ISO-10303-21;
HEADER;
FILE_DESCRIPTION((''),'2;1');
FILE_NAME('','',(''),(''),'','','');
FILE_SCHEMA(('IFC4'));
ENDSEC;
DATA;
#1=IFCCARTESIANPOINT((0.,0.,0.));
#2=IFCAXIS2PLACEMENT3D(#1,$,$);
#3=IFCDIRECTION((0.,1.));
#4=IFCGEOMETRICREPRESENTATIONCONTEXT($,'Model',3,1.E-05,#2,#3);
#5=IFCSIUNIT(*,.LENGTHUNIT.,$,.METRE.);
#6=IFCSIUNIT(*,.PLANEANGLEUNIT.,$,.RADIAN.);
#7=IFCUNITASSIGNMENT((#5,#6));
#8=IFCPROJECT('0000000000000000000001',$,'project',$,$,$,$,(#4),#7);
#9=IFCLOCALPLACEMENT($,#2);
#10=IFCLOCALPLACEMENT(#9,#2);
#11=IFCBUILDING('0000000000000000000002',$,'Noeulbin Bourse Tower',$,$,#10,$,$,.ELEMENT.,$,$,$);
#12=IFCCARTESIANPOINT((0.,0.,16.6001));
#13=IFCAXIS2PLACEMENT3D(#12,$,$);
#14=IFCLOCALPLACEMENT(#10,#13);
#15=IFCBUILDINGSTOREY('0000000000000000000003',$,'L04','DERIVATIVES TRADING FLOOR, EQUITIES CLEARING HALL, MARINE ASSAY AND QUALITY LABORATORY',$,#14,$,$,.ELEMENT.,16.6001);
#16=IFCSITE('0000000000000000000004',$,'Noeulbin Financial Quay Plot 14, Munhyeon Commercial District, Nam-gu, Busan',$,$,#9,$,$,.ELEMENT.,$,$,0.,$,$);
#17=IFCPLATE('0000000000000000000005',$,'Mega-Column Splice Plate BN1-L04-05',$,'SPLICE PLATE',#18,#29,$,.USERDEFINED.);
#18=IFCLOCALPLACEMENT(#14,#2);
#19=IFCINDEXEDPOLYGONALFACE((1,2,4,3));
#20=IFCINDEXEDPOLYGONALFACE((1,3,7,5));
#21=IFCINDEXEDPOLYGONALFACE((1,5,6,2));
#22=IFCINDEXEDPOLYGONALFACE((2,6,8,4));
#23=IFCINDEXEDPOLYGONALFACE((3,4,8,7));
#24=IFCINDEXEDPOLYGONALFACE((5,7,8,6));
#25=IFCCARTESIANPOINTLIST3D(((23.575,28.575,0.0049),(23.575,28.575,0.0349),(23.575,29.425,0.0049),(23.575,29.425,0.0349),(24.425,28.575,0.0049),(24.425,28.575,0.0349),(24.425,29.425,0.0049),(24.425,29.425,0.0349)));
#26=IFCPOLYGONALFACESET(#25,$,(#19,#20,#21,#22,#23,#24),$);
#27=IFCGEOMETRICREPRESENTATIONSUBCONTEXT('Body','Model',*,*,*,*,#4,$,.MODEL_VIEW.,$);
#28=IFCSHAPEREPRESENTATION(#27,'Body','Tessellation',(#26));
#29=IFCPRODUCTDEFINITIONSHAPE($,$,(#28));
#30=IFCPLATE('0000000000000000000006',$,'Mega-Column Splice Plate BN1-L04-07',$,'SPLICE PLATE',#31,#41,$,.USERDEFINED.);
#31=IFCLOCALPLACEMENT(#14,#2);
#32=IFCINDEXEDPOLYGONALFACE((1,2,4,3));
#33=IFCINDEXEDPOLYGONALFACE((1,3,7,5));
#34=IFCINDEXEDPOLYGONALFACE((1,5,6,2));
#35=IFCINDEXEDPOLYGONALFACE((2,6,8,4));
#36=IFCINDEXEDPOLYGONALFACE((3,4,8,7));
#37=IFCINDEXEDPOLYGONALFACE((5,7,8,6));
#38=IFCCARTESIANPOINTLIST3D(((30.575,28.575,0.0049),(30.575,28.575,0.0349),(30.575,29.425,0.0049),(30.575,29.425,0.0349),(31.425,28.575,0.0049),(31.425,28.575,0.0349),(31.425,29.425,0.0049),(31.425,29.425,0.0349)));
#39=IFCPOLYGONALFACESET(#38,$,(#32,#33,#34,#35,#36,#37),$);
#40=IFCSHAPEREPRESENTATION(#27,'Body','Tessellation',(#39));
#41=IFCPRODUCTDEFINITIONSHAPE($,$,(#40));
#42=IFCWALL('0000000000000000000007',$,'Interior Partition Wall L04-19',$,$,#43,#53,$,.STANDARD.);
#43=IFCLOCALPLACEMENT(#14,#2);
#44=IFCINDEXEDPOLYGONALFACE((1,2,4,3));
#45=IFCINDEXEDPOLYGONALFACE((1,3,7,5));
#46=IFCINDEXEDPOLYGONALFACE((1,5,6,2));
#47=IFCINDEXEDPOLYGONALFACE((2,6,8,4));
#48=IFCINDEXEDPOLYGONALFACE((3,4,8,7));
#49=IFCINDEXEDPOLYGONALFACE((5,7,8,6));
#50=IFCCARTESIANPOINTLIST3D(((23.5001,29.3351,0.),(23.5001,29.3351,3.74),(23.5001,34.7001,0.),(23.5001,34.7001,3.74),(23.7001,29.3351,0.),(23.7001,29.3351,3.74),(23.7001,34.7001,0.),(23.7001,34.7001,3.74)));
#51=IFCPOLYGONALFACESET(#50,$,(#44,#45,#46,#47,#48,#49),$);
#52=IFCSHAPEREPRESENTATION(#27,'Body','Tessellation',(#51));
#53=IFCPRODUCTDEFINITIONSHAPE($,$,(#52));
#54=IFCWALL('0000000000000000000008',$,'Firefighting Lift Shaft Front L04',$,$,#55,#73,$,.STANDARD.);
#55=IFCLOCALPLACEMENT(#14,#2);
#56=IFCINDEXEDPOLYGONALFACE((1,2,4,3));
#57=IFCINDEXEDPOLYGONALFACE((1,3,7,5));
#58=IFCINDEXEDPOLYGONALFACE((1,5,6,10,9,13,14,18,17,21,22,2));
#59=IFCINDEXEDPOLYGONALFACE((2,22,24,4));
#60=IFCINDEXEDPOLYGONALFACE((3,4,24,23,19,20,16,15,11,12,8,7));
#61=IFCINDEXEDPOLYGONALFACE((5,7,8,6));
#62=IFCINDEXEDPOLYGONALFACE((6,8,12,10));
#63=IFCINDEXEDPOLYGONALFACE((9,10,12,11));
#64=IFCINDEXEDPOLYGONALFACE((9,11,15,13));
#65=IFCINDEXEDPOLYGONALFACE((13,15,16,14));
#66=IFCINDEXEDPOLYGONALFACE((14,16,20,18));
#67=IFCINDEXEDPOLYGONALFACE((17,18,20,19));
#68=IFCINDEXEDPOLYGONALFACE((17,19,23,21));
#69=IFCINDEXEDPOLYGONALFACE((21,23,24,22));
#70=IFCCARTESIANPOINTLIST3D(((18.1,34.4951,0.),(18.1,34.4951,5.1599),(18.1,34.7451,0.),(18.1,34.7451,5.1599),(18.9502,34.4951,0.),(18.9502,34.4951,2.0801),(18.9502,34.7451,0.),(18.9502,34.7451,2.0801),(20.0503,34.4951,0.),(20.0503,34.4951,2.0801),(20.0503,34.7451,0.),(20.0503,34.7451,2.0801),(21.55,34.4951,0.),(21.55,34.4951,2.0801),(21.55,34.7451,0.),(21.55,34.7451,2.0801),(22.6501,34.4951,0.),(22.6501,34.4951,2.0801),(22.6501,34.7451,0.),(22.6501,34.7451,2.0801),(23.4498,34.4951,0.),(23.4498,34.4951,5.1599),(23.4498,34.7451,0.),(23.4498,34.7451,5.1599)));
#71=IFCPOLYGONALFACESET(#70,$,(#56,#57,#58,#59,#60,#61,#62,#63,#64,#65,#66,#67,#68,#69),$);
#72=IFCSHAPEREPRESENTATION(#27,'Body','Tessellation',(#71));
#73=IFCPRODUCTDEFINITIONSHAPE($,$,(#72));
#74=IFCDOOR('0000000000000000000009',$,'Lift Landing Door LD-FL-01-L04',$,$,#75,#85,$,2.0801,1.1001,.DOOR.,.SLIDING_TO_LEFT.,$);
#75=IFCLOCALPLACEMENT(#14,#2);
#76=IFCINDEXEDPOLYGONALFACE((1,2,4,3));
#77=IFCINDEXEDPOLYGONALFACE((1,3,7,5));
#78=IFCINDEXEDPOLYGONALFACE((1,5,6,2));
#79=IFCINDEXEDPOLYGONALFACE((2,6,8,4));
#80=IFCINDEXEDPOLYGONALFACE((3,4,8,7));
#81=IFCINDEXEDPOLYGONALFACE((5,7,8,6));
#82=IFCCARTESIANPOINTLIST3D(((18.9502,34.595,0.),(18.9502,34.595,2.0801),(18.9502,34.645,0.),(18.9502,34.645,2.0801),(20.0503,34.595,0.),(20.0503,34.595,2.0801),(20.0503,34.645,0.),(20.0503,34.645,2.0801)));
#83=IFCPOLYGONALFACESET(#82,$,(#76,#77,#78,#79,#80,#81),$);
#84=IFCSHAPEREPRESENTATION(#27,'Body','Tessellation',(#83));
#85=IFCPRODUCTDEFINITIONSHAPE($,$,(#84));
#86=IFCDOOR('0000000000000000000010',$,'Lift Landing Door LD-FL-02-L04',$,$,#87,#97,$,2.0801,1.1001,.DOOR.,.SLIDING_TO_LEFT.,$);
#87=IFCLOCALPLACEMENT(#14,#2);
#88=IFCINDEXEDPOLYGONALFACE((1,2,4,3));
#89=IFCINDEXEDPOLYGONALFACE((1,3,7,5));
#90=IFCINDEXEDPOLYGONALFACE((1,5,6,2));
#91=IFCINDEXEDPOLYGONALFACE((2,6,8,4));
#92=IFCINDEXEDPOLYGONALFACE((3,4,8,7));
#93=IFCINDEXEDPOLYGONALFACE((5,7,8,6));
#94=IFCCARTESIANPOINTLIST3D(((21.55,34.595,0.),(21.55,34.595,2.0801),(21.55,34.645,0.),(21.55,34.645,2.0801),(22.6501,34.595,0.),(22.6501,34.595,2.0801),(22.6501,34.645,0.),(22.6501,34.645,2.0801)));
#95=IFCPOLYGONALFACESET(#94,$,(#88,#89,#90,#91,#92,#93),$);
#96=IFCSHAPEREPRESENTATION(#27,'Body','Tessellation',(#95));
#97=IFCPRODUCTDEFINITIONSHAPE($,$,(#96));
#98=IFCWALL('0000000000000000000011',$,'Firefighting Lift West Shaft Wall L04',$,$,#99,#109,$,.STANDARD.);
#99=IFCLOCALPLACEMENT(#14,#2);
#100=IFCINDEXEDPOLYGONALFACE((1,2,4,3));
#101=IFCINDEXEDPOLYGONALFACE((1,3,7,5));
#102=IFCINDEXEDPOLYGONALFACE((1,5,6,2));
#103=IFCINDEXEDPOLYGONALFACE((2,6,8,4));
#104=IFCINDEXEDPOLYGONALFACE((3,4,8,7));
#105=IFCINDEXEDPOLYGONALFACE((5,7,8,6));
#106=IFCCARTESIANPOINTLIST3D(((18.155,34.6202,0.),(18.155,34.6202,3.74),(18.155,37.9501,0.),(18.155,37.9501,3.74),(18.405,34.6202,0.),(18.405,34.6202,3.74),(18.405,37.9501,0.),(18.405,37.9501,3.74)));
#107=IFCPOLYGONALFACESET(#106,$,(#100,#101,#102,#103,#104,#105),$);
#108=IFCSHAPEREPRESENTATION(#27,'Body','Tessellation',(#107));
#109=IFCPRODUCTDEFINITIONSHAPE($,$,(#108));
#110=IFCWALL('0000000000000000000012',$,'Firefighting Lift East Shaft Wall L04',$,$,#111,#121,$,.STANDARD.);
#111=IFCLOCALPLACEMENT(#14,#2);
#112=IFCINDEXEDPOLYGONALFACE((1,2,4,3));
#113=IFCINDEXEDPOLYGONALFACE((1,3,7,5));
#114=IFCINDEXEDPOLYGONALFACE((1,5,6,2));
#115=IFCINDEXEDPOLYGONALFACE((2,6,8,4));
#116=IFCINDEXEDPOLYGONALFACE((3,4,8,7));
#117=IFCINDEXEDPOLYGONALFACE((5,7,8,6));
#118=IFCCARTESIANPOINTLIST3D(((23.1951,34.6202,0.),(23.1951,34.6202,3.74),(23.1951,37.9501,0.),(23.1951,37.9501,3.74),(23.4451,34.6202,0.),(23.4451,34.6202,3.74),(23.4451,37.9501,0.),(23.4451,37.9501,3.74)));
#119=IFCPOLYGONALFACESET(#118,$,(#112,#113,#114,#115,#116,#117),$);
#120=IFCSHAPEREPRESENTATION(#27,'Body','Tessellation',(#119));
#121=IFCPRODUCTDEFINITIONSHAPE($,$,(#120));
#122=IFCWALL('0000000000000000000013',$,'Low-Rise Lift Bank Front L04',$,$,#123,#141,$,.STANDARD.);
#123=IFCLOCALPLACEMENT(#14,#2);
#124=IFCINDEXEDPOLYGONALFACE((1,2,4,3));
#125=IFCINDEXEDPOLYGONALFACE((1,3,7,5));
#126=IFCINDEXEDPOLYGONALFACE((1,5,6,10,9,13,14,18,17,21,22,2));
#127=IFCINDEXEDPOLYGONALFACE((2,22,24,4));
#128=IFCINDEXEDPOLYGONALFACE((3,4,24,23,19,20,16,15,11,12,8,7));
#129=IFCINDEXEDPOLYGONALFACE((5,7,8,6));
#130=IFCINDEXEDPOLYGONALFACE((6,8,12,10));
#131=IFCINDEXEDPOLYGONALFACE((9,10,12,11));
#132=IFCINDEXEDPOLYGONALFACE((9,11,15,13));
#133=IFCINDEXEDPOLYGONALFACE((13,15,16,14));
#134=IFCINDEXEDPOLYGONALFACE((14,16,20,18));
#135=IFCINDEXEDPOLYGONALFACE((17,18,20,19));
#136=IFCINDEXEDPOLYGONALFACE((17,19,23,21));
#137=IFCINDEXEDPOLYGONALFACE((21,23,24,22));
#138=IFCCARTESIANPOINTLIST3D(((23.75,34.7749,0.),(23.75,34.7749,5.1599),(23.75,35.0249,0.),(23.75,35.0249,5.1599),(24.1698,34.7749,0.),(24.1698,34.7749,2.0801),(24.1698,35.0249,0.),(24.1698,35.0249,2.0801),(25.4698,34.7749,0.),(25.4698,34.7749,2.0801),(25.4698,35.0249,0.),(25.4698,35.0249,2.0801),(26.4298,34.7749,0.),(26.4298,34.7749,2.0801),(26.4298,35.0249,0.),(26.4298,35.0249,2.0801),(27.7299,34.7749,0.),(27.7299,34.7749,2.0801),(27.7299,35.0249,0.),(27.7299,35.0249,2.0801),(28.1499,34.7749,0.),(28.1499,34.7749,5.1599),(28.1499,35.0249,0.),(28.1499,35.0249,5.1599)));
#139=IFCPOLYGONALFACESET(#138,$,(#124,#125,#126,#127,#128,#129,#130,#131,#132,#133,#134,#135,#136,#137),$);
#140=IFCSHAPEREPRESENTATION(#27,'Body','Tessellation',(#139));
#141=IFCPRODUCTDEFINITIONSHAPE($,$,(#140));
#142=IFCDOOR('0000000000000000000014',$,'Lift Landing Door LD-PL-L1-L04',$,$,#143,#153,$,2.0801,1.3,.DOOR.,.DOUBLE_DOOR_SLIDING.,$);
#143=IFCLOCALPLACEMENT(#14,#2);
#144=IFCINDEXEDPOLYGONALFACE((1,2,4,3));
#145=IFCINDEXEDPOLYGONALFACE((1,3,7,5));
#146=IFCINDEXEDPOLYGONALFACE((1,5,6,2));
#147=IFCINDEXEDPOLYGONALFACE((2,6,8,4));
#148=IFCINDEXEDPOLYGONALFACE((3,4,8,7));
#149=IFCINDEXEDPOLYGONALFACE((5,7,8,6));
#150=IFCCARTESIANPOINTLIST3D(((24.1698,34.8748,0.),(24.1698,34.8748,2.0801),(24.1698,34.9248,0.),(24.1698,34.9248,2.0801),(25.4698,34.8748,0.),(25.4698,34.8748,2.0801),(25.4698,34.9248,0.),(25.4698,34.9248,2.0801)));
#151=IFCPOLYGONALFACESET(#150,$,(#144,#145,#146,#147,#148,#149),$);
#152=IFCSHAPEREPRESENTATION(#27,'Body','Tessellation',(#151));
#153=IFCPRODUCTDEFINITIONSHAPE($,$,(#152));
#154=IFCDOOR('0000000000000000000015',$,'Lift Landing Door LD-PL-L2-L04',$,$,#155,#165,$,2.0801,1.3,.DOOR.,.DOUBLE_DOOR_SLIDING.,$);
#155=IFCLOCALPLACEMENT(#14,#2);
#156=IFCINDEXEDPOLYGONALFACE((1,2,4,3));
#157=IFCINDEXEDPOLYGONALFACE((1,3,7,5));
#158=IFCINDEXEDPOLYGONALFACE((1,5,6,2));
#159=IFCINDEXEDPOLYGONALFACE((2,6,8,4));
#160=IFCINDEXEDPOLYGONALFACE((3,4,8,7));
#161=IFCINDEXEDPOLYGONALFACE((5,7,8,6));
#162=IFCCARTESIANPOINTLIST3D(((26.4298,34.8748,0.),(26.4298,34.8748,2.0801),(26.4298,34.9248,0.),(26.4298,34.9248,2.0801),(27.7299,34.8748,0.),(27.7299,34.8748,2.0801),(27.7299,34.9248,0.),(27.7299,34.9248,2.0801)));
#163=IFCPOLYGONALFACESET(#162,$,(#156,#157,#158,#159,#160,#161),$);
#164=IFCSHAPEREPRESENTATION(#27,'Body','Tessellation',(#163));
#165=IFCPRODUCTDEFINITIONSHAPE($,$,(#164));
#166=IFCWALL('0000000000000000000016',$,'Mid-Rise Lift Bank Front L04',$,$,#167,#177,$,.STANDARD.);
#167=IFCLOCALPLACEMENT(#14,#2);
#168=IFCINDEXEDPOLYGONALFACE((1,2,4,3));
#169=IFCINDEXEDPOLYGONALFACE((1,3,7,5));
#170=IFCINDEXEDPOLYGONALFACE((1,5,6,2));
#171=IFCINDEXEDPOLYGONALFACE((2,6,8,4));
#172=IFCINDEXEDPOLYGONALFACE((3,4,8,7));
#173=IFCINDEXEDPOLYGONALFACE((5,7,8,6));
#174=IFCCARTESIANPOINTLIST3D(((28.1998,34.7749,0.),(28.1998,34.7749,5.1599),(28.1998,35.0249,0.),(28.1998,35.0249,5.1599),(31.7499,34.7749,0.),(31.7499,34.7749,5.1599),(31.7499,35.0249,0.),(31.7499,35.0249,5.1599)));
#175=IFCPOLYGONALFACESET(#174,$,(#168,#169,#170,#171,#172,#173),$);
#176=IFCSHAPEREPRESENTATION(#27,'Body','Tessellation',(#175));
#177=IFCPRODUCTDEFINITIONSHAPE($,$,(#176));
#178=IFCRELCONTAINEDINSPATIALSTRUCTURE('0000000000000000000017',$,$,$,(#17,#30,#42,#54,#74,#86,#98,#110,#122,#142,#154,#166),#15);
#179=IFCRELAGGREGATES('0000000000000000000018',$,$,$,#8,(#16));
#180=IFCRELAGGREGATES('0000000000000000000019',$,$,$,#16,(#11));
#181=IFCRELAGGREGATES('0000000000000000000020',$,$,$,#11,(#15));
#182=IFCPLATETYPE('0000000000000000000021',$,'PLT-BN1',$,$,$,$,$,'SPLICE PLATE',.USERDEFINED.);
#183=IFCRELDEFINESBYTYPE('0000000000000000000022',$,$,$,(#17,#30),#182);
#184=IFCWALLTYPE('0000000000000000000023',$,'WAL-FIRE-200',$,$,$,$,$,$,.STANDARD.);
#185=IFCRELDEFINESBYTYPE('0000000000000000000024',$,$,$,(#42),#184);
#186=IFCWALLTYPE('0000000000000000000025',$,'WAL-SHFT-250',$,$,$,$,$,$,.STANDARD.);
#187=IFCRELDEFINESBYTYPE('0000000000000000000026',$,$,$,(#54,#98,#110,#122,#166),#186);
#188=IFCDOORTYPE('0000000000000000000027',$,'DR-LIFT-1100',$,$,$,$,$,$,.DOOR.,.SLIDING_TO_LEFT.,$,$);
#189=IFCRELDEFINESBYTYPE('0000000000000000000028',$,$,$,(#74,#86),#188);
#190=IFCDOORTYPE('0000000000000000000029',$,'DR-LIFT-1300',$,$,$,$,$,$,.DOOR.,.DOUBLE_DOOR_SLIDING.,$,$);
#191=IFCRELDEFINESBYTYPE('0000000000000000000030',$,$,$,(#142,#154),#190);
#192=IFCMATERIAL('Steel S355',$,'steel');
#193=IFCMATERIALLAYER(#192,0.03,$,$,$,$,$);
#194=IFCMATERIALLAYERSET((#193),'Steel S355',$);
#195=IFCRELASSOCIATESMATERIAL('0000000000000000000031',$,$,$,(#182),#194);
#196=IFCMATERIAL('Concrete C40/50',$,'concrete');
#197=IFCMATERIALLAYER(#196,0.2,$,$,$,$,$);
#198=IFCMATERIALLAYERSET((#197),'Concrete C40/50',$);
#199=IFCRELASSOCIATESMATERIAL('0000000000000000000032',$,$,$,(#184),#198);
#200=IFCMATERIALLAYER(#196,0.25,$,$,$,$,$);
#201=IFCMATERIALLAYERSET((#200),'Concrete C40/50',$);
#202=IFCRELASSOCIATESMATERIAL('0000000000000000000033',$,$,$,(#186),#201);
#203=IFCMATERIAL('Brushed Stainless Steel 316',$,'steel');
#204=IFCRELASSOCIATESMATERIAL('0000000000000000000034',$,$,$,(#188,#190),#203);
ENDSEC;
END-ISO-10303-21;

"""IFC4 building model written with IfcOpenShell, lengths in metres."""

from ifc_helpers import new_model, si_unit, direction, frame, frame_2d, origin, origin_2d, place, context, subcontext, project, spatial, rectangle, extrude, material, layer, layer_set, type_object, element, fill, save


model = new_model("IFC4")

# Units and contexts
model_context = context("Model", 3, precision=1e-05, world=origin(), true_north=direction((0.0, 1.0)))
body_context = subcontext(model_context, "Body", "Model", "MODEL_VIEW")
ifc_project = project(units=[si_unit("LENGTHUNIT", "METRE"), si_unit("PLANEANGLEUNIT", "RADIAN")], contexts=[model_context])

# Site, building, storey
site_placement = place(None, origin())
site = spatial("IfcSite", under=ifc_project, at=site_placement, Name="Noeulbin Financial Quay Plot 14, Munhyeon Commercial District, Nam-gu, Busan", CompositionType="ELEMENT", RefElevation=0.0)
building_placement = place(site_placement, origin())
building = spatial("IfcBuilding", under=site, at=building_placement, Name="Noeulbin Bourse Tower", CompositionType="ELEMENT")
storey_placement = place(building_placement, frame((0.0, 0.0, 16.6001)))
storey = spatial("IfcBuildingStorey", under=building, at=storey_placement, Name="L04", Description="DERIVATIVES TRADING FLOOR, EQUITIES CLEARING HALL, MARINE ASSAY AND QUALITY LABORATORY", CompositionType="ELEMENT", Elevation=16.6001)

# Shared definitions
ifc_material_1 = material(Name="Steel S355", Category="steel")

# Plates
ifc_layer_1 = layer(ifc_material_1, 0.03)
ifc_layer_set_1 = layer_set([ifc_layer_1], Name="Steel S355")
plate_type = type_object("IfcPlateType", Name="PLT-BN1", ElementType="SPLICE PLATE", PredefinedType="USERDEFINED", material=ifc_layer_set_1)
for number, where, z_axis, x_axis, name in (
    (1, (24.0, 29.0, 0.0049), (0.0, 0.0, 1.0), (1.0, 0.0, 0.0), "Mega-Column Splice Plate BN1-L04-05"),
    (2, (31.0, 29.0, 0.0049), (0.0, 0.0, 1.0), (1.0, 0.0, 0.0), "Mega-Column Splice Plate BN1-L04-07"),
):
    element("IfcPlate", number, at=place(storey_placement, frame(where, z_axis=z_axis, x_axis=x_axis)), inside=storey, type_object=plate_type, Name=name, ObjectType="SPLICE PLATE", PredefinedType="USERDEFINED", context=body_context, shape_type="SweptSolid", body=[
        extrude(rectangle(XDim=0.8501, YDim=0.8501, at=origin_2d()), origin(), (0.0, 0.0, 1.0), 0.03),
    ])

# Wall
ifc_material_2 = material(Name="Concrete C40/50", Category="concrete")
ifc_layer_2 = layer(ifc_material_2, 0.2)
ifc_layer_set_2 = layer_set([ifc_layer_2], Name="Concrete C40/50")
wall_type_1 = type_object("IfcWallType", Name="WAL-FIRE-200", PredefinedType="STANDARD", material=ifc_layer_set_2)
wall_1_placement = place(storey_placement, frame((23.6001, 29.335, 0.0), z_axis=(0.0, 0.0, 1.0), x_axis=(0.0, 1.0, 0.0)))
element("IfcWall", 3, at=wall_1_placement, inside=storey, type_object=wall_type_1, Name="Interior Partition Wall L04-19", PredefinedType="STANDARD", context=body_context, shape_type="SweptSolid", body=[
    extrude(rectangle(XDim=5.365, YDim=0.2, at=frame_2d((2.6826, 0.0))), origin(), (0.0, 0.0, 1.0), 3.74),
])

# Wall, openings, doors
ifc_layer_3 = layer(ifc_material_2, 0.25)
ifc_layer_set_3 = layer_set([ifc_layer_3], Name="Concrete C40/50")
wall_type_2 = type_object("IfcWallType", Name="WAL-SHFT-250", PredefinedType="STANDARD", material=ifc_layer_set_3)
wall_2_placement = place(storey_placement, frame((18.1001, 34.6201, 0.0), z_axis=(0.0, 0.0, 1.0), x_axis=(1.0, 0.0, 0.0)))
wall_2 = element("IfcWall", 4, at=wall_2_placement, inside=storey, type_object=wall_type_2, Name="Firefighting Lift Shaft Front L04", PredefinedType="STANDARD", context=body_context, shape_type="SweptSolid", body=[
    extrude(rectangle(XDim=5.3499, YDim=0.25, at=frame_2d((2.6748, 0.0))), origin(), (0.0, 0.0, 1.0), 5.1599),
])
opening_1_placement = place(wall_2_placement, frame((0.8501, 0.0, 0.0)))
opening_1 = element("IfcOpeningElement", 5, at=opening_1_placement, cuts=wall_2, PredefinedType="OPENING", context=body_context, shape_type="SweptSolid", body=[
    extrude(rectangle(XDim=1.1001, YDim=2.0801, at=frame_2d((0.55, 1.04))), frame((0.0, 0.135, 0.0), z_axis=(0.0, -1.0, 0.0), x_axis=(1.0, 0.0, 0.0)), (0.0, 0.0, 1.0), 0.27),
])
opening_2_placement = place(wall_2_placement, frame((3.45, 0.0, 0.0)))
opening_2 = element("IfcOpeningElement", 6, at=opening_2_placement, cuts=wall_2, PredefinedType="OPENING", context=body_context, shape_type="SweptSolid", body=[
    extrude(rectangle(XDim=1.1001, YDim=2.0801, at=frame_2d((0.55, 1.04))), frame((0.0, 0.135, 0.0), z_axis=(0.0, -1.0, 0.0), x_axis=(1.0, 0.0, 0.0)), (0.0, 0.0, 1.0), 0.27),
])
ifc_material_3 = material(Name="Brushed Stainless Steel 316", Category="steel")
door_type_1 = type_object("IfcDoorType", Name="DR-LIFT-1100", OperationType="SLIDING_TO_LEFT", PredefinedType="DOOR", material=ifc_material_3)
door_1_placement = place(opening_1_placement, origin())
door_1 = element("IfcDoor", 7, at=door_1_placement, inside=storey, type_object=door_type_1, Name="Lift Landing Door LD-FL-01-L04", OperationType="SLIDING_TO_LEFT", OverallHeight=2.0801, OverallWidth=1.1001, PredefinedType="DOOR", context=body_context, shape_type="SweptSolid", body=[
    extrude(rectangle(XDim=1.1001, YDim=2.0801, at=frame_2d((0.55, 1.04))), frame((0.0, 0.0249, 0.0), z_axis=(0.0, -1.0, 0.0), x_axis=(1.0, 0.0, 0.0)), (0.0, 0.0, 1.0), 0.05),
])
fill(opening_1, door_1)
door_2_placement = place(opening_2_placement, origin())
door_2 = element("IfcDoor", 8, at=door_2_placement, inside=storey, type_object=door_type_1, Name="Lift Landing Door LD-FL-02-L04", OperationType="SLIDING_TO_LEFT", OverallHeight=2.0801, OverallWidth=1.1001, PredefinedType="DOOR", context=body_context, shape_type="SweptSolid", body=[
    extrude(rectangle(XDim=1.1001, YDim=2.0801, at=frame_2d((0.55, 1.04))), frame((0.0, 0.0249, 0.0), z_axis=(0.0, -1.0, 0.0), x_axis=(1.0, 0.0, 0.0)), (0.0, 0.0, 1.0), 0.05),
])
fill(opening_2, door_2)

# Walls
for number, where, z_axis, x_axis, name in (
    (9, (18.28, 34.6201, 0.0), (0.0, 0.0, 1.0), (0.0, 1.0, 0.0), "Firefighting Lift West Shaft Wall L04"),
    (10, (23.3201, 34.6201, 0.0), (0.0, 0.0, 1.0), (0.0, 1.0, 0.0), "Firefighting Lift East Shaft Wall L04"),
):
    element("IfcWall", number, at=place(storey_placement, frame(where, z_axis=z_axis, x_axis=x_axis)), inside=storey, type_object=wall_type_2, Name=name, PredefinedType="STANDARD", context=body_context, shape_type="SweptSolid", body=[
        extrude(rectangle(XDim=3.3298, YDim=0.25, at=frame_2d((1.665, 0.0))), origin(), (0.0, 0.0, 1.0), 3.74),
    ])

# Wall, openings, doors
wall_3_placement = place(storey_placement, frame((23.75, 34.8999, 0.0), z_axis=(0.0, 0.0, 1.0), x_axis=(1.0, 0.0, 0.0)))
wall_3 = element("IfcWall", 11, at=wall_3_placement, inside=storey, type_object=wall_type_2, Name="Low-Rise Lift Bank Front L04", PredefinedType="STANDARD", context=body_context, shape_type="SweptSolid", body=[
    extrude(rectangle(XDim=4.3999, YDim=0.25, at=frame_2d((2.2, 0.0))), origin(), (0.0, 0.0, 1.0), 5.1599),
])
opening_3_placement = place(wall_3_placement, frame((0.4199, 0.0, 0.0)))
opening_3 = element("IfcOpeningElement", 12, at=opening_3_placement, cuts=wall_3, PredefinedType="OPENING", context=body_context, shape_type="SweptSolid", body=[
    extrude(rectangle(XDim=1.3, YDim=2.0801, at=frame_2d((0.6499, 1.04))), frame((0.0, 0.135, 0.0), z_axis=(0.0, -1.0, 0.0), x_axis=(1.0, 0.0, 0.0)), (0.0, 0.0, 1.0), 0.27),
])
opening_4_placement = place(wall_3_placement, frame((2.6799, 0.0, 0.0)))
opening_4 = element("IfcOpeningElement", 13, at=opening_4_placement, cuts=wall_3, PredefinedType="OPENING", context=body_context, shape_type="SweptSolid", body=[
    extrude(rectangle(XDim=1.3, YDim=2.0801, at=frame_2d((0.6499, 1.04))), frame((0.0, 0.135, 0.0), z_axis=(0.0, -1.0, 0.0), x_axis=(1.0, 0.0, 0.0)), (0.0, 0.0, 1.0), 0.27),
])
door_type_2 = type_object("IfcDoorType", Name="DR-LIFT-1300", OperationType="DOUBLE_DOOR_SLIDING", PredefinedType="DOOR", material=ifc_material_3)
door_3_placement = place(opening_3_placement, origin())
door_3 = element("IfcDoor", 14, at=door_3_placement, inside=storey, type_object=door_type_2, Name="Lift Landing Door LD-PL-L1-L04", OperationType="DOUBLE_DOOR_SLIDING", OverallHeight=2.0801, OverallWidth=1.3, PredefinedType="DOOR", context=body_context, shape_type="SweptSolid", body=[
    extrude(rectangle(XDim=1.3, YDim=2.0801, at=frame_2d((0.6499, 1.04))), frame((0.0, 0.0249, 0.0), z_axis=(0.0, -1.0, 0.0), x_axis=(1.0, 0.0, 0.0)), (0.0, 0.0, 1.0), 0.05),
])
fill(opening_3, door_3)
door_4_placement = place(opening_4_placement, origin())
door_4 = element("IfcDoor", 15, at=door_4_placement, inside=storey, type_object=door_type_2, Name="Lift Landing Door LD-PL-L2-L04", OperationType="DOUBLE_DOOR_SLIDING", OverallHeight=2.0801, OverallWidth=1.3, PredefinedType="DOOR", context=body_context, shape_type="SweptSolid", body=[
    extrude(rectangle(XDim=1.3, YDim=2.0801, at=frame_2d((0.6499, 1.04))), frame((0.0, 0.0249, 0.0), z_axis=(0.0, -1.0, 0.0), x_axis=(1.0, 0.0, 0.0)), (0.0, 0.0, 1.0), 0.05),
])
fill(opening_4, door_4)

# Wall
wall_4_placement = place(storey_placement, frame((28.2, 34.8999, 0.0), z_axis=(0.0, 0.0, 1.0), x_axis=(1.0, 0.0, 0.0)))
element("IfcWall", 16, at=wall_4_placement, inside=storey, type_object=wall_type_2, Name="Mid-Rise Lift Bank Front L04", PredefinedType="STANDARD", context=body_context, shape_type="SweptSolid", body=[
    extrude(rectangle(XDim=3.55, YDim=0.25, at=frame_2d((1.7749, 0.0))), origin(), (0.0, 0.0, 1.0), 5.1599),
])

save(model, "model.ifc")
